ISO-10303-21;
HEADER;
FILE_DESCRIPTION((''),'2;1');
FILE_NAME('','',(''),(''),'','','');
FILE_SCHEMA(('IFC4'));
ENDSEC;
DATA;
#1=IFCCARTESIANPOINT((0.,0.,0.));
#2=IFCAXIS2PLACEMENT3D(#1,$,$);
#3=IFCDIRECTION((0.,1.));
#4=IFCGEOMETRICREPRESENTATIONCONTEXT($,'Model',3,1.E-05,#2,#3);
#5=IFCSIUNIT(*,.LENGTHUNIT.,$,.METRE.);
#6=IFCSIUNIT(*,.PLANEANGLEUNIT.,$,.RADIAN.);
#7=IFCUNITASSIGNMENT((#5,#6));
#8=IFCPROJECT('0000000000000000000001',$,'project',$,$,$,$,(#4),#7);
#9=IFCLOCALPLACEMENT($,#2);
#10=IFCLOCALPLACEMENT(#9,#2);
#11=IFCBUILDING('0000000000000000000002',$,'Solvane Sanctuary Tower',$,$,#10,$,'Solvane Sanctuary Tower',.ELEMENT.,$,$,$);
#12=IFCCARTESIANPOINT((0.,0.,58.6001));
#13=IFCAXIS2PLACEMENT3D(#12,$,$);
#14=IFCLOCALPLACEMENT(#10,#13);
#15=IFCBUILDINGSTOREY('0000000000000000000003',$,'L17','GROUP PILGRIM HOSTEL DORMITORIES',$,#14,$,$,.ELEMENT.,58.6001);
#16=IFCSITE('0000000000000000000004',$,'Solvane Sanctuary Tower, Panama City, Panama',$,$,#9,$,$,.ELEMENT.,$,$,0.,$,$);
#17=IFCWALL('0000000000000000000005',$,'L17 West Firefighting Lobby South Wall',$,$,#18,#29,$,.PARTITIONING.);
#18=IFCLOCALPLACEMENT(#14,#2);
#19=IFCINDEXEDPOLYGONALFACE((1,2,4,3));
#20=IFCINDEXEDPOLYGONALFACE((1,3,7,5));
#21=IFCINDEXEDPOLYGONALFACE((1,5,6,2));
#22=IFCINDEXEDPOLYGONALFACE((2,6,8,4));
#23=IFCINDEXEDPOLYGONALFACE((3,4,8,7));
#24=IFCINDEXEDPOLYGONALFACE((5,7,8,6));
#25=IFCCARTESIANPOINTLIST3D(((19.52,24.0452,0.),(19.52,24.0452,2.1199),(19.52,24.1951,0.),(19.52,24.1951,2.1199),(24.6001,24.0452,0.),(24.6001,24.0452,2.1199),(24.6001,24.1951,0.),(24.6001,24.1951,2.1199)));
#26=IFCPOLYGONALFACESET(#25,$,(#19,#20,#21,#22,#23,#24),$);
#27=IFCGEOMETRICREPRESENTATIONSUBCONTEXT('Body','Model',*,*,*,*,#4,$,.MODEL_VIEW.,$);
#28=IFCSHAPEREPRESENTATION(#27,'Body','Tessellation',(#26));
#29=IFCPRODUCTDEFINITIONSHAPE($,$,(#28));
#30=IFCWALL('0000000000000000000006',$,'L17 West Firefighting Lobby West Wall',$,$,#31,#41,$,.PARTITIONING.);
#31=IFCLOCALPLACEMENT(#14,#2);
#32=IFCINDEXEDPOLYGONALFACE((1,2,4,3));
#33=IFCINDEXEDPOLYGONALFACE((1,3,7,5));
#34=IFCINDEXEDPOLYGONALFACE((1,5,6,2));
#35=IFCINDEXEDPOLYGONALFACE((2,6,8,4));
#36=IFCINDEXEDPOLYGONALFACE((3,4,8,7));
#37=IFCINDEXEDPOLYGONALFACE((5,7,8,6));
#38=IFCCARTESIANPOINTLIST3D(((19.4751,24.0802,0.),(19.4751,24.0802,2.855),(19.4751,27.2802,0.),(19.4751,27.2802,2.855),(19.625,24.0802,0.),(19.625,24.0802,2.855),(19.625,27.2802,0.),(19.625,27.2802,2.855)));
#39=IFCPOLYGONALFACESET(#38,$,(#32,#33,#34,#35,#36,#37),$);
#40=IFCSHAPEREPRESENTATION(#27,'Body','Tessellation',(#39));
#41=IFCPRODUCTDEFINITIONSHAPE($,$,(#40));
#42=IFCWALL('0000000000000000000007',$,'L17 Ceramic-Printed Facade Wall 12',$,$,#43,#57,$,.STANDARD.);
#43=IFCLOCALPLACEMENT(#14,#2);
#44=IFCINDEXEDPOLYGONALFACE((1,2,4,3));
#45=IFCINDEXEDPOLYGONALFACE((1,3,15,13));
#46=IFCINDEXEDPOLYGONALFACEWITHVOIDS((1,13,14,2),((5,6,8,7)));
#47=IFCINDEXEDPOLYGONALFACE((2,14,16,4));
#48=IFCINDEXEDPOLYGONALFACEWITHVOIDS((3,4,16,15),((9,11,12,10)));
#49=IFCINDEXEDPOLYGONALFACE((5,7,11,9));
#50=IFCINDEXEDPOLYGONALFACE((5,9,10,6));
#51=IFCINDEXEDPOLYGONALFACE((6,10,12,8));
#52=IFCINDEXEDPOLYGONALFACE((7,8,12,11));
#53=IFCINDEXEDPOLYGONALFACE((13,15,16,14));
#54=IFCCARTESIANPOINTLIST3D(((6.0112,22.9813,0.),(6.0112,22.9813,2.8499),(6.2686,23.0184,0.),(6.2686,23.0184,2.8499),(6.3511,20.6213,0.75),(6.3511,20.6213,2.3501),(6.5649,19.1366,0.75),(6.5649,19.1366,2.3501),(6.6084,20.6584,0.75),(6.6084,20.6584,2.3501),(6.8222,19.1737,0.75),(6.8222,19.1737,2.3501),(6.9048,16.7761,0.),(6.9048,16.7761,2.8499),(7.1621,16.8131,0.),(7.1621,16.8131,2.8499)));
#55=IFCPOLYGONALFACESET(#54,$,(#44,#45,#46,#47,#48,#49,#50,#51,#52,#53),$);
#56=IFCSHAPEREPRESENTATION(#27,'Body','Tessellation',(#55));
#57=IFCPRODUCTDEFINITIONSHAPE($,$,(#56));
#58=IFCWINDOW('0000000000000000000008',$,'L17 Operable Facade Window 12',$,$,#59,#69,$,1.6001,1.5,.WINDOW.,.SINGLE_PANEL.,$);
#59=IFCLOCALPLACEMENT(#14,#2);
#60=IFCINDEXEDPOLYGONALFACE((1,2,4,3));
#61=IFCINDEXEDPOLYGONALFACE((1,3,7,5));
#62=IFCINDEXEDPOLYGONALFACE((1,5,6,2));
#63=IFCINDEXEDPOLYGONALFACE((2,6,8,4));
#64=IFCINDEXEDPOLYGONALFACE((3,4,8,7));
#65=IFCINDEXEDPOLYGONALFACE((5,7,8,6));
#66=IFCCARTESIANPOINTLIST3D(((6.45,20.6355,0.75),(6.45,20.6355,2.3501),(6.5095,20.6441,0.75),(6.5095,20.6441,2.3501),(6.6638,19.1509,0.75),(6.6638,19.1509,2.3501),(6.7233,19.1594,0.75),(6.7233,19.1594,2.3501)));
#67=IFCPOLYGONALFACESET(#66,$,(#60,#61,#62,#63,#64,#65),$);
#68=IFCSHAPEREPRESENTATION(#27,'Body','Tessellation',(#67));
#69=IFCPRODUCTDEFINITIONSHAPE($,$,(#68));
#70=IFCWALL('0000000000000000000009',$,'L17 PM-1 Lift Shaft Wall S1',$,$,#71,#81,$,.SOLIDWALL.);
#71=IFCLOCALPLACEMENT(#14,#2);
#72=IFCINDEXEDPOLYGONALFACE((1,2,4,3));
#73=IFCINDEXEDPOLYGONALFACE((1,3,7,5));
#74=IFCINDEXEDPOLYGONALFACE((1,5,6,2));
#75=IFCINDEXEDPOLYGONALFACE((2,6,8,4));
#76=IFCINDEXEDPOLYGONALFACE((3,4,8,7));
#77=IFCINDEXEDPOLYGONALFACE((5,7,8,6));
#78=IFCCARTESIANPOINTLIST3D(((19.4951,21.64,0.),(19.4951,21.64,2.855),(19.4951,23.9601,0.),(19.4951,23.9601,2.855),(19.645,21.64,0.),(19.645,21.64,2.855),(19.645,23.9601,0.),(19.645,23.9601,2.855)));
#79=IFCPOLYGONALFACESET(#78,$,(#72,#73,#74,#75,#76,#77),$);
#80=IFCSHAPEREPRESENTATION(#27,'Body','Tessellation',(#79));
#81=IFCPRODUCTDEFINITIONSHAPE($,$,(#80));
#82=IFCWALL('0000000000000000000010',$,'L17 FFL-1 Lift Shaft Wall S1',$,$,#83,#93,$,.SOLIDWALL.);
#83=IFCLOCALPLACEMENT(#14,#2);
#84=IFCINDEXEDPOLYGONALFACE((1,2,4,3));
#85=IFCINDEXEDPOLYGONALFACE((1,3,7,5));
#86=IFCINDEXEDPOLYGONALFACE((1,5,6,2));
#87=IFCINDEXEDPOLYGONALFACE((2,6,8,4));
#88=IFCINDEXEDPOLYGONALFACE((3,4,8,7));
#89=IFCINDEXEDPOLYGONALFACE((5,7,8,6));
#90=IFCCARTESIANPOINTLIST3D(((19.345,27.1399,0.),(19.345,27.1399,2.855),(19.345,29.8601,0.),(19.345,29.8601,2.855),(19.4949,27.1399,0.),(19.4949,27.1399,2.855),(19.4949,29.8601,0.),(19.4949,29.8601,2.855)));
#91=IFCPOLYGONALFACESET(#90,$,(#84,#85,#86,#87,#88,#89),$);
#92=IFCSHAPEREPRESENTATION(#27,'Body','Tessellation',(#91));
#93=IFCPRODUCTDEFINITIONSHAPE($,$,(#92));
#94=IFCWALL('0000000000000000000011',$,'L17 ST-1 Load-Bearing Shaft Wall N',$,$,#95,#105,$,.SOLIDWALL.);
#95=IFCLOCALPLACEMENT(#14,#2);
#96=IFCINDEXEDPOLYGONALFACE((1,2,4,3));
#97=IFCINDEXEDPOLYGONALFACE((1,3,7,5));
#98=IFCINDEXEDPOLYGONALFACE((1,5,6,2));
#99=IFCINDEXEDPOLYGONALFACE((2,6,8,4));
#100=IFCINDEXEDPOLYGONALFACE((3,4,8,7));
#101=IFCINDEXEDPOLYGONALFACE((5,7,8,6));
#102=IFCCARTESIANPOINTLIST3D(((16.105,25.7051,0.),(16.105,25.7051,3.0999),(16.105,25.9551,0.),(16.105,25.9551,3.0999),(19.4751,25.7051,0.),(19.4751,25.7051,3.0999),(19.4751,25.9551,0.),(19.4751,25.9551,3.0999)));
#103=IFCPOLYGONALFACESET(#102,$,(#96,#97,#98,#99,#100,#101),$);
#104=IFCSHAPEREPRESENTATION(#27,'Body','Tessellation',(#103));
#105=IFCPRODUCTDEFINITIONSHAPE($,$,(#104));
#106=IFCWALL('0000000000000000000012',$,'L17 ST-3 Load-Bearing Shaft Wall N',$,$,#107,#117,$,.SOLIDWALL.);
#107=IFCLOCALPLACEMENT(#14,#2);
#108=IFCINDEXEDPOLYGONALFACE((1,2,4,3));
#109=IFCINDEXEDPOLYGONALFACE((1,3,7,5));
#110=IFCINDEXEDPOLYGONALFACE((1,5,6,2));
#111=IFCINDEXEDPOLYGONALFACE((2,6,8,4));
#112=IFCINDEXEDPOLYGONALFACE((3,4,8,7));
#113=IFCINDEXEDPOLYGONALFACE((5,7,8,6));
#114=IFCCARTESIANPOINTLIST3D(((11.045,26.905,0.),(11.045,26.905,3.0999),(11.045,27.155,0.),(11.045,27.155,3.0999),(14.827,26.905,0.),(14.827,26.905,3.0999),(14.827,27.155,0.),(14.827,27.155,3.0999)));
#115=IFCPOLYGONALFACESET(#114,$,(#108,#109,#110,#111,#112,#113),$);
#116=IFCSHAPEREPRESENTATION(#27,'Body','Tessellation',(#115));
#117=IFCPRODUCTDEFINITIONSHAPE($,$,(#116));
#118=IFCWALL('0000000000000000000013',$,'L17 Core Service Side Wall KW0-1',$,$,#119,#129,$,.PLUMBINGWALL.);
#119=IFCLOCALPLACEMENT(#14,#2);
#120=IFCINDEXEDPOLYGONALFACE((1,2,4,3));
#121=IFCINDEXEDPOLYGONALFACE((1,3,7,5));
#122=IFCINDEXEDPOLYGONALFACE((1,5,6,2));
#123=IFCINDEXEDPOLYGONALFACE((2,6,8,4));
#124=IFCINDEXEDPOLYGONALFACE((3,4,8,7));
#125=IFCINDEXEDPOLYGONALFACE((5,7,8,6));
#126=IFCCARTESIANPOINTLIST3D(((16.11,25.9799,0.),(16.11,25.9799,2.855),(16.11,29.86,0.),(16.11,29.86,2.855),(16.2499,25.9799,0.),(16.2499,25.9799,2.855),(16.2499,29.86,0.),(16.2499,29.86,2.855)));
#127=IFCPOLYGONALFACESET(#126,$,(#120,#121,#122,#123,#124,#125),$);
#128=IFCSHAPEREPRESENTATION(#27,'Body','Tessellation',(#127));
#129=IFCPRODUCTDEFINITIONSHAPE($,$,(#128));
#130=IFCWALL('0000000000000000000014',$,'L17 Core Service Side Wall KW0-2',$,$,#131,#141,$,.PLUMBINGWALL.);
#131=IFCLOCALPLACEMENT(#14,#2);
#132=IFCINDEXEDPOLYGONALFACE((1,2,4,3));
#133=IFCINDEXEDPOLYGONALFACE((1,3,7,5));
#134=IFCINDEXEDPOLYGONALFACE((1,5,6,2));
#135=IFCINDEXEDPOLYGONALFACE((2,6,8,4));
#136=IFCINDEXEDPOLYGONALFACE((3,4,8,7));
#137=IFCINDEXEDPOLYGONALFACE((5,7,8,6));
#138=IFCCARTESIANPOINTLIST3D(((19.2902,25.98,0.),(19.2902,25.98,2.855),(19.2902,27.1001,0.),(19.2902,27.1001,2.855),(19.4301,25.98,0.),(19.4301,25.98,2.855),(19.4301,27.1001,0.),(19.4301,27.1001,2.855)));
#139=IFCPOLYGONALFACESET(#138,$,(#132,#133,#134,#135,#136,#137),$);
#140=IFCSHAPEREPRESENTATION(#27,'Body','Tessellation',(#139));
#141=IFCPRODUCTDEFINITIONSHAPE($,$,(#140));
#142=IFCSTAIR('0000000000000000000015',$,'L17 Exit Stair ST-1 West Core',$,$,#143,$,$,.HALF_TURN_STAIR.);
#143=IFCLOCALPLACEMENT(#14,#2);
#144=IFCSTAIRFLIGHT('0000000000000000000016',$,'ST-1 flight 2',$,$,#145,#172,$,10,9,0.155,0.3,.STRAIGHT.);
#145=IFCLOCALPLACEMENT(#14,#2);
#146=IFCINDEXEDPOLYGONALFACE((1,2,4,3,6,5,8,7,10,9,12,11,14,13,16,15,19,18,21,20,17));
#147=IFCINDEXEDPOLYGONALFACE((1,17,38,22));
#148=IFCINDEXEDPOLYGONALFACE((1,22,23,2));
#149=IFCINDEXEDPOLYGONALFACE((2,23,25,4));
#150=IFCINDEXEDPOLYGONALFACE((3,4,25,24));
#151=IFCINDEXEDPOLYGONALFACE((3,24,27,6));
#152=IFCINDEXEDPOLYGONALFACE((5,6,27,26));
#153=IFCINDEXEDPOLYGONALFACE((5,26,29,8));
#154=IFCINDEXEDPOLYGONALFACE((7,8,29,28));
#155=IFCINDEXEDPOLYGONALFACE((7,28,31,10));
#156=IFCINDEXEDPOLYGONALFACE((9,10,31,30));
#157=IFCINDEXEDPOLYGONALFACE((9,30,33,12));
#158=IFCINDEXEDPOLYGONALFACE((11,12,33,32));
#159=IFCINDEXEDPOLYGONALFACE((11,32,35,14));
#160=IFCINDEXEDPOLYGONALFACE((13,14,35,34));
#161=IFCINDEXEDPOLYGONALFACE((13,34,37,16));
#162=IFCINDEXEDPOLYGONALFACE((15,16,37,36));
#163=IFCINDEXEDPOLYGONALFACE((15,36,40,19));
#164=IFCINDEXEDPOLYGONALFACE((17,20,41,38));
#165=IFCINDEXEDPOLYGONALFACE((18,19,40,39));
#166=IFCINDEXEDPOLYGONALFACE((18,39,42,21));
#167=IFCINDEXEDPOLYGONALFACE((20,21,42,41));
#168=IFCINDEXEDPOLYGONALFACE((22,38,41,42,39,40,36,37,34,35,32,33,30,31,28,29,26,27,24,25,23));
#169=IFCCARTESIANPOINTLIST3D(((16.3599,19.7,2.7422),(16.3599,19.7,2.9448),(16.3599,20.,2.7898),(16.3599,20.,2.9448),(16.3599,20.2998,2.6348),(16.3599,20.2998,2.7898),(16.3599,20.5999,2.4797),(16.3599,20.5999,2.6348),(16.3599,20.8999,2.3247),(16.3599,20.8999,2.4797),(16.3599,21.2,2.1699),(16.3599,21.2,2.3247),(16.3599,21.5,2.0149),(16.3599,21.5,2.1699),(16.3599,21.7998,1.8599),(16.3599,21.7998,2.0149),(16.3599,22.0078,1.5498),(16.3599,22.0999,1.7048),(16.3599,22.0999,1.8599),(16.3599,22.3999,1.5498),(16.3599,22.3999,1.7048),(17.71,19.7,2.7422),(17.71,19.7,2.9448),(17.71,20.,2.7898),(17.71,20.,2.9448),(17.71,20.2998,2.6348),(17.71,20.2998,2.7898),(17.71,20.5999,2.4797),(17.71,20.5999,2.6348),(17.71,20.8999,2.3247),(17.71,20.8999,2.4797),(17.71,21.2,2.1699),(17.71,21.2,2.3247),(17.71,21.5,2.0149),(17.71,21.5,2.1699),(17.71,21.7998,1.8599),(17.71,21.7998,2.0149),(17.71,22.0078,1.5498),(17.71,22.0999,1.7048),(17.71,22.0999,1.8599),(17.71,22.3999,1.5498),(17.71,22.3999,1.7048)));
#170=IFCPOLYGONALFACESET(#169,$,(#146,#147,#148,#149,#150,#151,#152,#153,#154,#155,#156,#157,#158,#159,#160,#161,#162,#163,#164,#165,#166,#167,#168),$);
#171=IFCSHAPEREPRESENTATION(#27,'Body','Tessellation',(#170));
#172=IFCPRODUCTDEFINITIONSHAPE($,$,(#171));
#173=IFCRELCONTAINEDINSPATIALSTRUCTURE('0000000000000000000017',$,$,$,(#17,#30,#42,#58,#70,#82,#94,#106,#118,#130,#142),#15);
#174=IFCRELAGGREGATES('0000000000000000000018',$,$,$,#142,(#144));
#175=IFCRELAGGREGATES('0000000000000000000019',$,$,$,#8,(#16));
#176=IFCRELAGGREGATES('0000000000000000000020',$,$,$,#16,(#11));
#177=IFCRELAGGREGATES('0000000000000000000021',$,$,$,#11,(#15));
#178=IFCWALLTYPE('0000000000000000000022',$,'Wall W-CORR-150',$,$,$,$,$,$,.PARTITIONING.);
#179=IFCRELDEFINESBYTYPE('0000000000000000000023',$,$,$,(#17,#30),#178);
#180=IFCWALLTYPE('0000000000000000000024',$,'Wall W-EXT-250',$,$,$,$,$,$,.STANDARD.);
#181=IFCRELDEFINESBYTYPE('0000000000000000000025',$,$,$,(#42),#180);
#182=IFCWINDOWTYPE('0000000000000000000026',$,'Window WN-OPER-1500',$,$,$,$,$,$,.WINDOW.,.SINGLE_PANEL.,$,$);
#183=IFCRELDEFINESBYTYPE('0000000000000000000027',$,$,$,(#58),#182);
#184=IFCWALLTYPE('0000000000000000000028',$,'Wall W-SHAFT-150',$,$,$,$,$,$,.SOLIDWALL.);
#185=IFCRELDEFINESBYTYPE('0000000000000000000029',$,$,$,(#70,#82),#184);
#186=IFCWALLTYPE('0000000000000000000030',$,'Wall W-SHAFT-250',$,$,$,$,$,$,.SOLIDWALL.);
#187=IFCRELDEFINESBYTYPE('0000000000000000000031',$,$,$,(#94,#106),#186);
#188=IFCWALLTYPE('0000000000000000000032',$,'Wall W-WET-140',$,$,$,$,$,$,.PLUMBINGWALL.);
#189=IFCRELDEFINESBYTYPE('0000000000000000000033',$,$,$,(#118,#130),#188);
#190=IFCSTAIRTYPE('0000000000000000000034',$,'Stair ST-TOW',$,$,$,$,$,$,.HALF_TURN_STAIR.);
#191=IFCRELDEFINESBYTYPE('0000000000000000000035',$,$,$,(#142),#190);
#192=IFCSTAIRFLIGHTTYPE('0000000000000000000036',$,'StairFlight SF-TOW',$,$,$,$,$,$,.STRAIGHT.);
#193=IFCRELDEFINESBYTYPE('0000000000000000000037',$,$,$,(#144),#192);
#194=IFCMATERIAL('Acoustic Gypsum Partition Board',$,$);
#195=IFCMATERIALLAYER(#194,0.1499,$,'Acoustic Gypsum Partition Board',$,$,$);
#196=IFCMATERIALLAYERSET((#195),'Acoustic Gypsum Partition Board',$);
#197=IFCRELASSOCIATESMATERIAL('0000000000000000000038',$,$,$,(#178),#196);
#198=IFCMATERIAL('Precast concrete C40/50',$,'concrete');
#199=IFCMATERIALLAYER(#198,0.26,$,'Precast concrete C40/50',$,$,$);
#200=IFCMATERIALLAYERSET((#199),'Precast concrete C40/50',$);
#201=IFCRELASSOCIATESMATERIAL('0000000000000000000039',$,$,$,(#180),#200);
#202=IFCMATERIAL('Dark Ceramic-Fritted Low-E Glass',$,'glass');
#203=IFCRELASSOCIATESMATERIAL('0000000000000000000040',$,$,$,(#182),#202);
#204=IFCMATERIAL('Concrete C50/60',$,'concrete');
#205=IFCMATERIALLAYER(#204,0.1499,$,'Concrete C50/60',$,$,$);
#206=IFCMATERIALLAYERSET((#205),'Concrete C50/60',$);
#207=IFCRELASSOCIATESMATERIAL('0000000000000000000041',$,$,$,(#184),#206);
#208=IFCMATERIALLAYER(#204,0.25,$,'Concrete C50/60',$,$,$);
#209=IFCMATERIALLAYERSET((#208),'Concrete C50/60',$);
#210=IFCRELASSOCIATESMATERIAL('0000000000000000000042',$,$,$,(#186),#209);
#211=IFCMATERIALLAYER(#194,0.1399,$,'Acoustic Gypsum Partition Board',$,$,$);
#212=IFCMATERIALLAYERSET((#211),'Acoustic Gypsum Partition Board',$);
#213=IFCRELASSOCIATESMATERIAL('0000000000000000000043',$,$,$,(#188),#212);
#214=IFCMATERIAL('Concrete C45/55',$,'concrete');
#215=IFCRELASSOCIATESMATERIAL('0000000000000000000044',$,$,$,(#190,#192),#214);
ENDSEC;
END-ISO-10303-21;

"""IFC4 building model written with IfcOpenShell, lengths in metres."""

from ifc_helpers import new_model, si_unit, direction, frame, frame_2d, origin, place, context, subcontext, project, spatial, polyline, rectangle, outline, extrude, material, layer, layer_set, type_object, element, fill, aggregate, save


model = new_model("IFC4")

# Units and contexts
model_context = context("Model", 3, precision=1e-05, world=origin(), true_north=direction((0.0, 1.0)))
body_context = subcontext(model_context, "Body", "Model", "MODEL_VIEW")
ifc_project = project(units=[si_unit("LENGTHUNIT", "METRE"), si_unit("PLANEANGLEUNIT", "RADIAN")], contexts=[model_context])

# Site, building, storey
site_placement = place(None, origin())
site = spatial("IfcSite", under=ifc_project, at=site_placement, Name="Solvane Sanctuary Tower, Panama City, Panama", CompositionType="ELEMENT", RefElevation=0.0)
building_placement = place(site_placement, origin())
building = spatial("IfcBuilding", under=site, at=building_placement, Name="Solvane Sanctuary Tower", LongName="Solvane Sanctuary Tower", CompositionType="ELEMENT")
storey_placement = place(building_placement, frame((0.0, 0.0, 58.6001)))
storey = spatial("IfcBuildingStorey", under=building, at=storey_placement, Name="L17", Description="GROUP PILGRIM HOSTEL DORMITORIES", CompositionType="ELEMENT", Elevation=58.6001)

# Walls
ifc_material_1 = material(Name="Acoustic Gypsum Partition Board")
ifc_layer_1 = layer(ifc_material_1, 0.1499, Name="Acoustic Gypsum Partition Board")
ifc_layer_set_1 = layer_set([ifc_layer_1], Name="Acoustic Gypsum Partition Board")
wall_type_1 = type_object("IfcWallType", Name="Wall W-CORR-150", PredefinedType="PARTITIONING", material=ifc_layer_set_1)
wall_1_placement = place(storey_placement, frame((19.52, 24.1201, 0.0), z_axis=(0.0, 0.0, 1.0), x_axis=(1.0, 0.0, 0.0)))
element("IfcWall", 1, at=wall_1_placement, inside=storey, type_object=wall_type_1, Name="L17 West Firefighting Lobby South Wall", PredefinedType="PARTITIONING", context=body_context, shape_type="SweptSolid", body=[
    extrude(rectangle(XDim=5.0801, YDim=0.1499, at=frame_2d((2.54, 0.0))), origin(), (0.0, 0.0, 1.0), 2.1199),
])
wall_2_placement = place(storey_placement, frame((19.55, 24.0801, 0.0), z_axis=(0.0, 0.0, 1.0), x_axis=(0.0, 1.0, 0.0)))
element("IfcWall", 2, at=wall_2_placement, inside=storey, type_object=wall_type_1, Name="L17 West Firefighting Lobby West Wall", PredefinedType="PARTITIONING", context=body_context, shape_type="SweptSolid", body=[
    extrude(rectangle(XDim=3.2, YDim=0.1499, at=frame_2d((1.6001, 0.0))), origin(), (0.0, 0.0, 1.0), 2.855),
])

# Wall, opening, window
ifc_material_2 = material(Name="Precast concrete C40/50", Category="concrete")
ifc_layer_2 = layer(ifc_material_2, 0.26, Name="Precast concrete C40/50")
ifc_layer_set_2 = layer_set([ifc_layer_2], Name="Precast concrete C40/50")
wall_type_2 = type_object("IfcWallType", Name="Wall W-EXT-250", PredefinedType="STANDARD", material=ifc_layer_set_2)
wall_3_placement = place(storey_placement, frame((6.1399, 23.0, 0.0), z_axis=(0.0, 0.0, 1.0), x_axis=(0.142528, -0.989791, 0.0)))
wall_3 = element("IfcWall", 3, at=wall_3_placement, inside=storey, type_object=wall_type_2, Name="L17 Ceramic-Printed Facade Wall 12", PredefinedType="STANDARD", context=body_context, shape_type="SweptSolid", body=[
    extrude(rectangle(XDim=6.2693, YDim=0.26, at=frame_2d((3.1348, 0.0))), origin(), (0.0, 0.0, 1.0), 2.8499),
])
opening_placement = place(wall_3_placement, frame((2.3845, 0.0, 0.75)))
opening = element("IfcOpeningElement", 4, at=opening_placement, cuts=wall_3, PredefinedType="OPENING", context=body_context, shape_type="SweptSolid", body=[
    extrude(rectangle(XDim=1.5, YDim=1.6001, at=frame_2d((0.75, 0.8))), frame((0.0, 0.1399, 0.0), z_axis=(0.0, -1.0, 0.0), x_axis=(1.0, 0.0, 0.0)), (0.0, 0.0, 1.0), 0.28),
])
ifc_material_3 = material(Name="Dark Ceramic-Fritted Low-E Glass", Category="glass")
window_type = type_object("IfcWindowType", Name="Window WN-OPER-1500", PartitioningType="SINGLE_PANEL", PredefinedType="WINDOW", material=ifc_material_3)
window_placement = place(opening_placement, origin())
window = element("IfcWindow", 5, at=window_placement, inside=storey, type_object=window_type, Name="L17 Operable Facade Window 12", OverallHeight=1.6001, OverallWidth=1.5, PartitioningType="SINGLE_PANEL", PredefinedType="WINDOW", context=body_context, shape_type="SweptSolid", body=[
    extrude(rectangle(XDim=1.5, YDim=1.6001, at=frame_2d((0.75, 0.8))), frame((0.0, 0.03, 0.0), z_axis=(0.0, -1.0, 0.0), x_axis=(1.0, 0.0, 0.0)), (0.0, 0.0, 1.0), 0.0601),
])
fill(opening, window)

# Walls
ifc_material_4 = material(Name="Concrete C50/60", Category="concrete")
ifc_layer_3 = layer(ifc_material_4, 0.1499, Name="Concrete C50/60")
ifc_layer_set_3 = layer_set([ifc_layer_3], Name="Concrete C50/60")
wall_type_3 = type_object("IfcWallType", Name="Wall W-SHAFT-150", PredefinedType="SOLIDWALL", material=ifc_layer_set_3)
wall_4_placement = place(storey_placement, frame((19.5701, 21.6399, 0.0), z_axis=(0.0, 0.0, 1.0), x_axis=(0.0, 1.0, 0.0)))
element("IfcWall", 6, at=wall_4_placement, inside=storey, type_object=wall_type_3, Name="L17 PM-1 Lift Shaft Wall S1", PredefinedType="SOLIDWALL", context=body_context, shape_type="SweptSolid", body=[
    extrude(rectangle(XDim=2.3201, YDim=0.1499, at=frame_2d((1.1602, 0.0))), origin(), (0.0, 0.0, 1.0), 2.855),
])
wall_5_placement = place(storey_placement, frame((19.4199, 27.1399, 0.0), z_axis=(0.0, 0.0, 1.0), x_axis=(0.0, 1.0, 0.0)))
element("IfcWall", 7, at=wall_5_placement, inside=storey, type_object=wall_type_3, Name="L17 FFL-1 Lift Shaft Wall S1", PredefinedType="SOLIDWALL", context=body_context, shape_type="SweptSolid", body=[
    extrude(rectangle(XDim=2.7202, YDim=0.1499, at=frame_2d((1.3601, 0.0))), origin(), (0.0, 0.0, 1.0), 2.855),
])
ifc_layer_4 = layer(ifc_material_4, 0.25, Name="Concrete C50/60")
ifc_layer_set_4 = layer_set([ifc_layer_4], Name="Concrete C50/60")
wall_type_4 = type_object("IfcWallType", Name="Wall W-SHAFT-250", PredefinedType="SOLIDWALL", material=ifc_layer_set_4)
wall_6_placement = place(storey_placement, frame((16.105, 25.8301, 0.0), z_axis=(0.0, 0.0, 1.0), x_axis=(1.0, 0.0, 0.0)))
element("IfcWall", 8, at=wall_6_placement, inside=storey, type_object=wall_type_4, Name="L17 ST-1 Load-Bearing Shaft Wall N", PredefinedType="SOLIDWALL", context=body_context, shape_type="SweptSolid", body=[
    extrude(rectangle(XDim=3.3701, YDim=0.25, at=frame_2d((1.6851, 0.0))), origin(), (0.0, 0.0, 1.0), 3.0999),
])
wall_7_placement = place(storey_placement, frame((11.0449, 27.03, 0.0), z_axis=(0.0, 0.0, 1.0), x_axis=(1.0, 0.0, 0.0)))
element("IfcWall", 9, at=wall_7_placement, inside=storey, type_object=wall_type_4, Name="L17 ST-3 Load-Bearing Shaft Wall N", PredefinedType="SOLIDWALL", context=body_context, shape_type="SweptSolid", body=[
    extrude(rectangle(XDim=3.782, YDim=0.25, at=frame_2d((1.8911, 0.0))), origin(), (0.0, 0.0, 1.0), 3.0999),
])
ifc_layer_5 = layer(ifc_material_1, 0.1399, Name="Acoustic Gypsum Partition Board")
ifc_layer_set_5 = layer_set([ifc_layer_5], Name="Acoustic Gypsum Partition Board")
wall_type_5 = type_object("IfcWallType", Name="Wall W-WET-140", PredefinedType="PLUMBINGWALL", material=ifc_layer_set_5)
wall_8_placement = place(storey_placement, frame((16.1799, 25.98, 0.0), z_axis=(0.0, 0.0, 1.0), x_axis=(0.0, 1.0, 0.0)))
element("IfcWall", 10, at=wall_8_placement, inside=storey, type_object=wall_type_5, Name="L17 Core Service Side Wall KW0-1", PredefinedType="PLUMBINGWALL", context=body_context, shape_type="SweptSolid", body=[
    extrude(rectangle(XDim=3.8801, YDim=0.1399, at=frame_2d((1.9399, 0.0))), origin(), (0.0, 0.0, 1.0), 2.855),
])
wall_9_placement = place(storey_placement, frame((19.3601, 25.98, 0.0), z_axis=(0.0, 0.0, 1.0), x_axis=(0.0, 1.0, 0.0)))
element("IfcWall", 11, at=wall_9_placement, inside=storey, type_object=wall_type_5, Name="L17 Core Service Side Wall KW0-2", PredefinedType="PLUMBINGWALL", context=body_context, shape_type="SweptSolid", body=[
    extrude(rectangle(XDim=1.1201, YDim=0.1399, at=frame_2d((0.5601, 0.0))), origin(), (0.0, 0.0, 1.0), 2.855),
])

# Stair, stair flight
ifc_material_5 = material(Name="Concrete C45/55", Category="concrete")
stair_type = type_object("IfcStairType", Name="Stair ST-TOW", PredefinedType="HALF_TURN_STAIR", material=ifc_material_5)
stair_1_placement = place(storey_placement, origin())
stair_1 = element("IfcStair", 12, at=stair_1_placement, inside=storey, type_object=stair_type, Name="L17 Exit Stair ST-1 West Core", PredefinedType="HALF_TURN_STAIR")
stair_flight_type = type_object("IfcStairFlightType", Name="StairFlight SF-TOW", PredefinedType="STRAIGHT", material=ifc_material_5)
stair_flight_1_placement = place(storey_placement, frame((17.0349, 22.3999, 1.5498), z_axis=(0.0, 0.0, 1.0), x_axis=(0.0, -1.0, 0.0)))
stair_flight_1 = element("IfcStairFlight", 13, at=stair_flight_1_placement, type_object=stair_flight_type, Name="ST-1 flight 2", NumberOfRisers=10, NumberOfTreads=9, PredefinedType="STRAIGHT", RiserHeight=0.155, TreadLength=0.3, context=body_context, shape_type="SweptSolid", body=[
    extrude(outline(polyline([(0.0, 0.0), (0.0, 0.155), (0.3, 0.155), (0.3, 0.3101), (0.6001, 0.3101), (0.6001, 0.4651), (0.8999, 0.4651), (0.8999, 0.6201), (1.2, 0.6201), (1.2, 0.7749), (1.5, 0.7749), (1.5, 0.9299), (1.8, 0.9299), (1.8, 1.085), (2.1001, 1.085), (2.1001, 1.24), (2.3999, 1.24), (2.3999, 1.395), (2.7, 1.395), (2.7, 1.55), (2.7, 1.1924), (0.3921, 0.0), (0.0, 0.0)])), frame((0.0, 0.675, 0.0), z_axis=(0.0, -1.0, 0.0), x_axis=(1.0, 0.0, 0.0)), (0.0, 0.0, 1.0), 1.3501),
])
aggregate(stair_1, [stair_flight_1])

save(model, "model.ifc")
